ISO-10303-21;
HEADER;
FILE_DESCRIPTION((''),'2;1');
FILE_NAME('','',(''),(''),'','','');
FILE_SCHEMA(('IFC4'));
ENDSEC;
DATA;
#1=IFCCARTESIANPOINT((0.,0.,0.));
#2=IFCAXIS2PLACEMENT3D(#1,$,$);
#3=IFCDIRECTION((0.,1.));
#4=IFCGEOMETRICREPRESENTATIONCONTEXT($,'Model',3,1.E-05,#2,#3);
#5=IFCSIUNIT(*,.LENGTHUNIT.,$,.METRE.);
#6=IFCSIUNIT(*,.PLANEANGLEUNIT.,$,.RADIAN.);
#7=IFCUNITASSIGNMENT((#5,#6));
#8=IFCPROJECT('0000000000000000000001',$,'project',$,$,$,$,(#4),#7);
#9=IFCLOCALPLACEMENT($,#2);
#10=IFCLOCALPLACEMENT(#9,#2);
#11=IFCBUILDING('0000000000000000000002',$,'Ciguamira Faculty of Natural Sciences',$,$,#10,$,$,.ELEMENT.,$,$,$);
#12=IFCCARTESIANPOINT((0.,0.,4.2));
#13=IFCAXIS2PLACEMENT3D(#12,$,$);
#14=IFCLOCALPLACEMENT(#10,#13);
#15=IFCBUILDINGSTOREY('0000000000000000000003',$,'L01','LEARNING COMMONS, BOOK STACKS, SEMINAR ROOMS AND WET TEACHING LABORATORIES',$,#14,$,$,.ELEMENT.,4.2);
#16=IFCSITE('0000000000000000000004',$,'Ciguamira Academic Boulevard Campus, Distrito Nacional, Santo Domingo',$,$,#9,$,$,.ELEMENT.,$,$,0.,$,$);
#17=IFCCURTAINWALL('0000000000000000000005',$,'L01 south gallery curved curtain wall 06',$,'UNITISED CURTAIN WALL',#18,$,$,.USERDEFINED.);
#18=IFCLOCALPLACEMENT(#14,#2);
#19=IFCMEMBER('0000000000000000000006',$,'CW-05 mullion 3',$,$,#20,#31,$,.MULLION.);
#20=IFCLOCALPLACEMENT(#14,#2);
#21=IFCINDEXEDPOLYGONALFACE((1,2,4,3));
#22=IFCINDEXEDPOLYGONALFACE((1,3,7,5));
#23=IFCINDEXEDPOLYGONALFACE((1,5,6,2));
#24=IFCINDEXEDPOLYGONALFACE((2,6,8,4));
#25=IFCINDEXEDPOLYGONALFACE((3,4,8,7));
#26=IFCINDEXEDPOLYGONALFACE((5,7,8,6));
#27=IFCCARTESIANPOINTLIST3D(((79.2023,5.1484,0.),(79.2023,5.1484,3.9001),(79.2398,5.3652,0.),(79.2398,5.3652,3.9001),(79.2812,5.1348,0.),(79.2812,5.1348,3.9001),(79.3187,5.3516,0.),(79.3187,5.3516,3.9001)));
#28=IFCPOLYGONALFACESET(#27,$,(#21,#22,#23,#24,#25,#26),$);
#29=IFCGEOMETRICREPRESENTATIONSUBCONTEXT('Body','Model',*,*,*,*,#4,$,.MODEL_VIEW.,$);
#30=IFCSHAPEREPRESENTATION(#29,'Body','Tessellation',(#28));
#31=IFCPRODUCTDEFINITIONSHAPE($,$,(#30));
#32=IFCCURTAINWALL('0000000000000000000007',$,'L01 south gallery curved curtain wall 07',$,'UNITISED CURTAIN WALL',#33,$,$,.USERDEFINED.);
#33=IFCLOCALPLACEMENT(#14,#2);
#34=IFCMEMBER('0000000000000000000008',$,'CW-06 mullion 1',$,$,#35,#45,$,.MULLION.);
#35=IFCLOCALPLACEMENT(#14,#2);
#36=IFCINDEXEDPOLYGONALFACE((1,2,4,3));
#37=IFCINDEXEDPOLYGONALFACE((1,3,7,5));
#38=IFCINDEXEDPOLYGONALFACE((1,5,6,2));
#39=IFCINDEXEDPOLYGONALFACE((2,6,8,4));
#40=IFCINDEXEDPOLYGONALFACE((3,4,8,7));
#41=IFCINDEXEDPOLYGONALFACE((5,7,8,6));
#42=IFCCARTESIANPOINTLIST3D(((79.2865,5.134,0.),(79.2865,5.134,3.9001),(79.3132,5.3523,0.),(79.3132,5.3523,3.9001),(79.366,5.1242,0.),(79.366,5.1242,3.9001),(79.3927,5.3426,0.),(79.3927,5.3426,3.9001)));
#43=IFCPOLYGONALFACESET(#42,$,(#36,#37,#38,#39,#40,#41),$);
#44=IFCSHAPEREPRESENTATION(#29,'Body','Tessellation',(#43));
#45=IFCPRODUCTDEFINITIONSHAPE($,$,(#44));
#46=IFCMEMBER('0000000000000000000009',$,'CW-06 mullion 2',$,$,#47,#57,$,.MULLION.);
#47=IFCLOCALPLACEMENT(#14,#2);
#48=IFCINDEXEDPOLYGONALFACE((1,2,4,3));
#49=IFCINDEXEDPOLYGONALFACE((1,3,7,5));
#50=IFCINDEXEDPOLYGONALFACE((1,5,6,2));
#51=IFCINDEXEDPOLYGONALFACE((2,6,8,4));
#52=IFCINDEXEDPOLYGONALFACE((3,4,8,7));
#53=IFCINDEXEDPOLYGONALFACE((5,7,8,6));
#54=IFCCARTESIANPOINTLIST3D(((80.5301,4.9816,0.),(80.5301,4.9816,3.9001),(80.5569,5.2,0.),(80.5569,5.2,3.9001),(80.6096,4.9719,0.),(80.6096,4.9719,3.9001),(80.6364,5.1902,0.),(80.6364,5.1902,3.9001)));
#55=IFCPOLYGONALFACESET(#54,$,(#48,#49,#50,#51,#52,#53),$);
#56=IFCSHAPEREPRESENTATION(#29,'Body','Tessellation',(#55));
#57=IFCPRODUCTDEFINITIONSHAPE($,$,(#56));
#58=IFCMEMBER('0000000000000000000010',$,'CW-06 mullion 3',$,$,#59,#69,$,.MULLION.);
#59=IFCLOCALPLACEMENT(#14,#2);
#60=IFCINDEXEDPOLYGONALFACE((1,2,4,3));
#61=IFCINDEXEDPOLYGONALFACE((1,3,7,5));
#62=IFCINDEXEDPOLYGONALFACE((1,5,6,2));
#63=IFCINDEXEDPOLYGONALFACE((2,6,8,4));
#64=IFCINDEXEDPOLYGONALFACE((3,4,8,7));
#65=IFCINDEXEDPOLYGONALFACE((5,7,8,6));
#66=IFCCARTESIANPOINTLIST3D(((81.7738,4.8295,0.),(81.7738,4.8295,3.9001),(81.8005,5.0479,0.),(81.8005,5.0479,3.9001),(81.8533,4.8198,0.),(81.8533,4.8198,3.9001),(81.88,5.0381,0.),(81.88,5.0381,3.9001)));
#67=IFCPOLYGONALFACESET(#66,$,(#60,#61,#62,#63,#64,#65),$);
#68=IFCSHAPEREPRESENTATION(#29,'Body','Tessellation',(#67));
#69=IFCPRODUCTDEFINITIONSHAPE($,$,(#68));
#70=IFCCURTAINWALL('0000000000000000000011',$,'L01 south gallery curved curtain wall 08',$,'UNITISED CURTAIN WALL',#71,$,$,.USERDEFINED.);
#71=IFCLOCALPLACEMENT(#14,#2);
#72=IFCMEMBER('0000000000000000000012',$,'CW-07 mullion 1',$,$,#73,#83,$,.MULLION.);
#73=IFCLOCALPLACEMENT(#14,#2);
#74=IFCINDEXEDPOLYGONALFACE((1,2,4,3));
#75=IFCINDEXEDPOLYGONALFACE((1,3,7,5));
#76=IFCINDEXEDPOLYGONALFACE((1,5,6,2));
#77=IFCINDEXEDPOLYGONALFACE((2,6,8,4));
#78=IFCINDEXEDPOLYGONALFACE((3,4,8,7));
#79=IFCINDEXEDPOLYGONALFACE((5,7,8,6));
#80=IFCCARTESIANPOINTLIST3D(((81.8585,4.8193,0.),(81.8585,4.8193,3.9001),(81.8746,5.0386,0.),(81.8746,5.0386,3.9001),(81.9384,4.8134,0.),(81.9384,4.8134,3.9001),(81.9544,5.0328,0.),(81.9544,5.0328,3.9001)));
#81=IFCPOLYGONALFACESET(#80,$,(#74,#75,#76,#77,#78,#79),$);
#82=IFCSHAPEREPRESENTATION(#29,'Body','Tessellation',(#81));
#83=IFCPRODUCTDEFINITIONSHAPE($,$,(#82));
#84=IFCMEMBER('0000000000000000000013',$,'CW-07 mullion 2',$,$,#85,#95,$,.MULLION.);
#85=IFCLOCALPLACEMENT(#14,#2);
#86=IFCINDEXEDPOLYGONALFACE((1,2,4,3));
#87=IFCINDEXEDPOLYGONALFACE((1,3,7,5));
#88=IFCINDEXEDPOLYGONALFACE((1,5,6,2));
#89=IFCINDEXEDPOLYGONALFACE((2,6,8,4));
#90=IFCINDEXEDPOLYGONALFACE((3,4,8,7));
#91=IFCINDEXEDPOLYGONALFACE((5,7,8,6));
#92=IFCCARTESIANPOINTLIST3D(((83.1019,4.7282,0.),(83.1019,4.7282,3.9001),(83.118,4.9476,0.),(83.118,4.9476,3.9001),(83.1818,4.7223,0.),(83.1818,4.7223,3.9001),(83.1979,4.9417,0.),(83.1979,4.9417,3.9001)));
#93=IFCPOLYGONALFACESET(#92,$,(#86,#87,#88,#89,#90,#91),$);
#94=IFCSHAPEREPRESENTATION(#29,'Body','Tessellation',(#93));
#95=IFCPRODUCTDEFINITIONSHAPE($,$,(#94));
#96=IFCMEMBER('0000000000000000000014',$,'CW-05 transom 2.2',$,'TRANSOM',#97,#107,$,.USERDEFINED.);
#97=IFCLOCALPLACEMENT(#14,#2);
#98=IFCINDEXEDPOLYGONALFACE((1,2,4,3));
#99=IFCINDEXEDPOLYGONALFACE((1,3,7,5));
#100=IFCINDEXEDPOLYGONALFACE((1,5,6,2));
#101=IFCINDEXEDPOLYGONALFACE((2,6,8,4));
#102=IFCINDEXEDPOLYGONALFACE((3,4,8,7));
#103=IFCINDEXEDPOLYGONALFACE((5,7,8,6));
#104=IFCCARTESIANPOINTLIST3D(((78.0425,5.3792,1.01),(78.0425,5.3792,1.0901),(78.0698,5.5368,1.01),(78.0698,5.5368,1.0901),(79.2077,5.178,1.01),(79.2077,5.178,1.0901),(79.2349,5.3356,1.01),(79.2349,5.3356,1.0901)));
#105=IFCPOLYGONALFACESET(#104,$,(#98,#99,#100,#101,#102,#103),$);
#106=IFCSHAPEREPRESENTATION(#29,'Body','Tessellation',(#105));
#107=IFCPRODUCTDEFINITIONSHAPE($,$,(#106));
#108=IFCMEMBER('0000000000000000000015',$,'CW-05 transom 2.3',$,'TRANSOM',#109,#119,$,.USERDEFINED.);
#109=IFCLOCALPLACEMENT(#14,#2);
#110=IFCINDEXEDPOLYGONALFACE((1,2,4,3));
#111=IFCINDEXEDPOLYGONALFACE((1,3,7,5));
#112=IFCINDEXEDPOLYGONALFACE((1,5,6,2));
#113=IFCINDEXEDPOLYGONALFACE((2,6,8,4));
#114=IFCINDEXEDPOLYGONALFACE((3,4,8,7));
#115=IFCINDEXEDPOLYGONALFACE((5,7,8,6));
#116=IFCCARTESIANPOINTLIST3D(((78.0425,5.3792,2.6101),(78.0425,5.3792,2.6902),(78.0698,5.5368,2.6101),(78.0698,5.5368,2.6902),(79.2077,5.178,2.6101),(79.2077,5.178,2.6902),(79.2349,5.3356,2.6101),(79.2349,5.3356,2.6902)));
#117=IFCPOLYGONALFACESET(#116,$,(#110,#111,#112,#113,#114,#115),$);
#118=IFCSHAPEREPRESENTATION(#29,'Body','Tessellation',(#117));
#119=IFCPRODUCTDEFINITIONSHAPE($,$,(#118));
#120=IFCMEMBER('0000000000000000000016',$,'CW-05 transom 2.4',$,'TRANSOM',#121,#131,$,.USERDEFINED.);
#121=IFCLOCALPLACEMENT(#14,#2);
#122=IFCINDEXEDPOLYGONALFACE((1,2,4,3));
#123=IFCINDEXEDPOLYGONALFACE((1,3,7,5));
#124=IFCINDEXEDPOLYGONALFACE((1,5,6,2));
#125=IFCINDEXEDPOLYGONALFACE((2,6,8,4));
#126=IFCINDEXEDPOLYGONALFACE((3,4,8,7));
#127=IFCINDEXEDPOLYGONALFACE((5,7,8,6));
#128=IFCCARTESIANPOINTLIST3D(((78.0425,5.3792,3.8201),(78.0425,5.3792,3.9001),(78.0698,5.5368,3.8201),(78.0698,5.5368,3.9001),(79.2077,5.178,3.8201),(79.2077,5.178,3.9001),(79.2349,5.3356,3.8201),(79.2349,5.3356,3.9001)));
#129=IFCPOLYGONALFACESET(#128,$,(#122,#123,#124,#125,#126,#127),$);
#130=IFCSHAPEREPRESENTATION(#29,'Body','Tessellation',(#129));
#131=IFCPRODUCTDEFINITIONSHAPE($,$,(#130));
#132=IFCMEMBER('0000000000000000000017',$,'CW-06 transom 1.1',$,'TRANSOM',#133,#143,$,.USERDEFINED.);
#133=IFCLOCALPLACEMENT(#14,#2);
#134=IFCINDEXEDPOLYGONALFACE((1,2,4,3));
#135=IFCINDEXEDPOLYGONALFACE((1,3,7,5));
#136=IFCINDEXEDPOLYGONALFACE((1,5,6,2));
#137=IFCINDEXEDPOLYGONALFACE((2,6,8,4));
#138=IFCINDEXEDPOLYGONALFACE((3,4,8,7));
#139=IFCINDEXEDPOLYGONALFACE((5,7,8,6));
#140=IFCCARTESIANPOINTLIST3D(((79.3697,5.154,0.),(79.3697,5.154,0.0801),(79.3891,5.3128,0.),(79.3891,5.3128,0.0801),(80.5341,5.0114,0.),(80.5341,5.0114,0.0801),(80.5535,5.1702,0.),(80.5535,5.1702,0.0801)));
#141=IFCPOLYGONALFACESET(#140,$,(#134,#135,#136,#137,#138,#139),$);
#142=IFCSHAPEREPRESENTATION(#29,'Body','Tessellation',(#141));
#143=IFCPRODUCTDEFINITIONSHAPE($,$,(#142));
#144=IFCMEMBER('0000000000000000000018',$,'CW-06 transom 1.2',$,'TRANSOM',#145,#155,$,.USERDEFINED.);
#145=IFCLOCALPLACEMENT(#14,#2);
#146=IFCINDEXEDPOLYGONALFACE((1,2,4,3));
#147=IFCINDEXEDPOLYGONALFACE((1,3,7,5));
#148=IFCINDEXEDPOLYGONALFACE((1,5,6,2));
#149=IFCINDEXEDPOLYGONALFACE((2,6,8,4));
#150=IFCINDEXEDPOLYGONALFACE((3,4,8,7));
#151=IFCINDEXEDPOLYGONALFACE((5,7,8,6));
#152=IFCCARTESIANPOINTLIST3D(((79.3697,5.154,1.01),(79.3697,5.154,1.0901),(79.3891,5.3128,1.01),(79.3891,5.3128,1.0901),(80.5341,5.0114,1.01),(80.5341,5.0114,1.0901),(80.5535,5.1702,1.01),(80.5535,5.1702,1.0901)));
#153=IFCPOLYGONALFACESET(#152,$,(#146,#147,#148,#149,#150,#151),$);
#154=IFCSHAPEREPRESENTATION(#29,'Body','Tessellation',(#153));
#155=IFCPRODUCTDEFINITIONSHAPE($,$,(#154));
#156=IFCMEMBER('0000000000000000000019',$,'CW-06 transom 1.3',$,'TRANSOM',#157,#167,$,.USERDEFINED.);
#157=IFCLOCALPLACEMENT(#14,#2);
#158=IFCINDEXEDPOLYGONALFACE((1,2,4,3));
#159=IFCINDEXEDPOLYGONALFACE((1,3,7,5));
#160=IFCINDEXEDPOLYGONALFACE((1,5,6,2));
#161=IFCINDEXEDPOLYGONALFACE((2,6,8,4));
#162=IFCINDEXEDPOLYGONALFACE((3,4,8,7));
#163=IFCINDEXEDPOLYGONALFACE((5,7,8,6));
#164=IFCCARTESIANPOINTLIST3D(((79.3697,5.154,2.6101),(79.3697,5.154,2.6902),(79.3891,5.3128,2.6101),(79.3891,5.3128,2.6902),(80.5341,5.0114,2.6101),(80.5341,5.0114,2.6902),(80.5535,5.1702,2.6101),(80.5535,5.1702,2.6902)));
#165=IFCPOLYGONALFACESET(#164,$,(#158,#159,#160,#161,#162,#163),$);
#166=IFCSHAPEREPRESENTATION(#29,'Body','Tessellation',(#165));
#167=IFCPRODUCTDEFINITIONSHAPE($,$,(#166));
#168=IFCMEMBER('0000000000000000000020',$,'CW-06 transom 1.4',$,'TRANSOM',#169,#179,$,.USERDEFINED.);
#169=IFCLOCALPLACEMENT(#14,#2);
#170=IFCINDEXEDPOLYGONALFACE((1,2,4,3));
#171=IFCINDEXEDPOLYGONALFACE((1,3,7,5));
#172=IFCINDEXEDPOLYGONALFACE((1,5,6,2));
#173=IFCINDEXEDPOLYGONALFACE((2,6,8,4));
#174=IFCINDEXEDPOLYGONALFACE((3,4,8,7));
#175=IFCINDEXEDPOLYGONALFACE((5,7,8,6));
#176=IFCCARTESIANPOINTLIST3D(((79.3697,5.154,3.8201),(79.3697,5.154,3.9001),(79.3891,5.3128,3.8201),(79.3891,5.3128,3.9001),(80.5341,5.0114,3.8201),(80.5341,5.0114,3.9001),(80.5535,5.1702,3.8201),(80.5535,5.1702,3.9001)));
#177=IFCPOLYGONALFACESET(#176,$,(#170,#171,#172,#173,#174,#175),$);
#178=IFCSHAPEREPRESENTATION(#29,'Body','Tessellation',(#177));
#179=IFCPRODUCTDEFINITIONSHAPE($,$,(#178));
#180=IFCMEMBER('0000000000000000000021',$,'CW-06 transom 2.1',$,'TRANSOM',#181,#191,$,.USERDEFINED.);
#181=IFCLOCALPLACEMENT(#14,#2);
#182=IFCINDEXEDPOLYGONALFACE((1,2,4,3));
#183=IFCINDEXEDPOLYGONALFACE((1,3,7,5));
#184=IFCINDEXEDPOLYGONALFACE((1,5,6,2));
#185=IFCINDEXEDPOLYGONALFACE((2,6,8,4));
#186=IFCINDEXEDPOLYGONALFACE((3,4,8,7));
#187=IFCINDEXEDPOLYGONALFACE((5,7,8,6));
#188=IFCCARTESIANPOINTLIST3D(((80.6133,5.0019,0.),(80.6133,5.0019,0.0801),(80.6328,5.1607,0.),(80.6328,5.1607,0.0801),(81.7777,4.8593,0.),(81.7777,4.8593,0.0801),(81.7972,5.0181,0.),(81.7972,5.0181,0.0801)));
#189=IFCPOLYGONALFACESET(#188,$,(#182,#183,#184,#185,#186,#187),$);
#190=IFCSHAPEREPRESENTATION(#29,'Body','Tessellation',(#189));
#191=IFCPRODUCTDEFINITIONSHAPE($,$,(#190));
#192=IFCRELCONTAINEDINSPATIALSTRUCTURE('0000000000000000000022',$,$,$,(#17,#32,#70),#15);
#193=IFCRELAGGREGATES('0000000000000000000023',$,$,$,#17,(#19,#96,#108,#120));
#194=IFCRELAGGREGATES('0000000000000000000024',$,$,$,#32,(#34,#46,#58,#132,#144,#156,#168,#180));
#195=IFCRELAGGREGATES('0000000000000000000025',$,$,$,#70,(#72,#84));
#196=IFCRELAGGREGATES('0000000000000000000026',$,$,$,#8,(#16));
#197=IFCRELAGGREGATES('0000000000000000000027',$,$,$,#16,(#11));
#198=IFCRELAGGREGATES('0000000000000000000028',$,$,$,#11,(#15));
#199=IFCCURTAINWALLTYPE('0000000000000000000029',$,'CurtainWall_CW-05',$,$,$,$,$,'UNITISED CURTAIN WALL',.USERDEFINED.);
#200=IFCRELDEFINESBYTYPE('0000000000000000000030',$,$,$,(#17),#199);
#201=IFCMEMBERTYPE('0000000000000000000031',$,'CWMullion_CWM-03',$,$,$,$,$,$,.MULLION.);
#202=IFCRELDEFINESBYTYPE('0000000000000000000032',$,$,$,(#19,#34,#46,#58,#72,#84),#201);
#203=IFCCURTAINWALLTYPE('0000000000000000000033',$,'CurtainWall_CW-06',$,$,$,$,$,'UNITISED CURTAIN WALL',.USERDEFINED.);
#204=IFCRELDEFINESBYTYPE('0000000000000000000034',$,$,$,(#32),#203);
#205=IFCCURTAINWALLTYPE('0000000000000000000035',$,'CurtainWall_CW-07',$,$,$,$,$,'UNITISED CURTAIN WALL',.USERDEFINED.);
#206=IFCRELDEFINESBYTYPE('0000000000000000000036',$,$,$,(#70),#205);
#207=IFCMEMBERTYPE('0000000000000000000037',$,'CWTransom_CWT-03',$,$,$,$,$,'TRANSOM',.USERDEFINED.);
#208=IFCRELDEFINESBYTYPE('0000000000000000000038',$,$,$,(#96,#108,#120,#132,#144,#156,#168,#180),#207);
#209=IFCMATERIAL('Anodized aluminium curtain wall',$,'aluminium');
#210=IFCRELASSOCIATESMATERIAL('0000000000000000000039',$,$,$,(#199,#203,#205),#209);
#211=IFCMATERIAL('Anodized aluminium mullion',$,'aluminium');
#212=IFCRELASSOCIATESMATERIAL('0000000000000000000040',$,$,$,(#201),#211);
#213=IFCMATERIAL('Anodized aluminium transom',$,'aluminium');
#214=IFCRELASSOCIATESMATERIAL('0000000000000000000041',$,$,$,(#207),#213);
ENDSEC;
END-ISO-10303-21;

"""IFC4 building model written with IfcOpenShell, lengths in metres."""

from ifc_helpers import new_model, si_unit, direction, frame, origin, origin_2d, place, context, subcontext, project, spatial, rectangle, extrude, material, material_profile, profile_set, type_object, element, aggregate, save


model = new_model("IFC4")

# Units and contexts
model_context = context("Model", 3, precision=1e-05, world=origin(), true_north=direction((0.0, 1.0)))
body_context = subcontext(model_context, "Body", "Model", "MODEL_VIEW")
ifc_project = project(units=[si_unit("LENGTHUNIT", "METRE"), si_unit("PLANEANGLEUNIT", "RADIAN")], contexts=[model_context])

# Site, building, storey
site_placement = place(None, origin())
site = spatial("IfcSite", under=ifc_project, at=site_placement, Name="Ciguamira Academic Boulevard Campus, Distrito Nacional, Santo Domingo", CompositionType="ELEMENT", RefElevation=0.0)
building_placement = place(site_placement, origin())
building = spatial("IfcBuilding", under=site, at=building_placement, Name="Ciguamira Faculty of Natural Sciences", CompositionType="ELEMENT")
storey_placement = place(building_placement, frame((0.0, 0.0, 4.2)))
storey = spatial("IfcBuildingStorey", under=building, at=storey_placement, Name="L01", Description="LEARNING COMMONS, BOOK STACKS, SEMINAR ROOMS AND WET TEACHING LABORATORIES", CompositionType="ELEMENT", Elevation=4.2)

# Curtain wall, member
ifc_material_1 = material(Name="Anodized aluminium curtain wall", Category="aluminium")
curtain_wall_type_1 = type_object("IfcCurtainWallType", Name="CurtainWall_CW-05", ElementType="UNITISED CURTAIN WALL", PredefinedType="USERDEFINED", material=ifc_material_1)
curtain_wall_1_placement = place(storey_placement, origin())
curtain_wall_1 = element("IfcCurtainWall", 1, at=curtain_wall_1_placement, inside=storey, type_object=curtain_wall_type_1, Name="L01 south gallery curved curtain wall 06", ObjectType="UNITISED CURTAIN WALL", PredefinedType="USERDEFINED")
ifc_material_2 = material(Name="Anodized aluminium mullion", Category="aluminium")
ifc_material_profile_1 = material_profile(ifc_material_2, rectangle(XDim=0.0801, YDim=0.22, at=origin_2d()), Name="ALU-MUL-80X220")
ifc_profile_set_1 = profile_set([ifc_material_profile_1], Name="Anodized aluminium mullion")
member_type_1 = type_object("IfcMemberType", Name="CWMullion_CWM-03", PredefinedType="MULLION", material=ifc_profile_set_1)
member_1_placement = place(storey_placement, frame((79.2605, 5.25, 0.0), z_axis=(0.0, 0.0, 1.0), x_axis=(0.985411, -0.170192, 0.0)))
member_1 = element("IfcMember", 2, at=member_1_placement, type_object=member_type_1, Name="CW-05 mullion 3", PredefinedType="MULLION", context=body_context, shape_type="SweptSolid", body=[
    extrude(rectangle(XDim=0.0801, YDim=0.22, at=origin_2d()), origin(), (0.0, 0.0, 1.0), 3.9001),
])

# Curtain walls, members
curtain_wall_type_2 = type_object("IfcCurtainWallType", Name="CurtainWall_CW-06", ElementType="UNITISED CURTAIN WALL", PredefinedType="USERDEFINED", material=ifc_material_1)
curtain_wall_2_placement = place(storey_placement, origin())
curtain_wall_2 = element("IfcCurtainWall", 3, at=curtain_wall_2_placement, inside=storey, type_object=curtain_wall_type_2, Name="L01 south gallery curved curtain wall 07", ObjectType="UNITISED CURTAIN WALL", PredefinedType="USERDEFINED")
member_2_placement = place(storey_placement, frame((79.3396, 5.2383, 0.0), z_axis=(0.0, 0.0, 1.0), x_axis=(0.992586, -0.121545, 0.0)))
member_2 = element("IfcMember", 4, at=member_2_placement, type_object=member_type_1, Name="CW-06 mullion 1", PredefinedType="MULLION", context=body_context, shape_type="SweptSolid", body=[
    extrude(rectangle(XDim=0.0801, YDim=0.22, at=origin_2d()), origin(), (0.0, 0.0, 1.0), 3.9001),
])
member_3_placement = place(storey_placement, frame((80.5833, 5.0859, 0.0), z_axis=(0.0, 0.0, 1.0), x_axis=(0.992586, -0.121545, 0.0)))
member_3 = element("IfcMember", 5, at=member_3_placement, type_object=member_type_1, Name="CW-06 mullion 2", PredefinedType="MULLION", context=body_context, shape_type="SweptSolid", body=[
    extrude(rectangle(XDim=0.0801, YDim=0.22, at=origin_2d()), origin(), (0.0, 0.0, 1.0), 3.9001),
])
member_4_placement = place(storey_placement, frame((81.8269, 4.9338, 0.0), z_axis=(0.0, 0.0, 1.0), x_axis=(0.992586, -0.121545, 0.0)))
member_4 = element("IfcMember", 6, at=member_4_placement, type_object=member_type_1, Name="CW-06 mullion 3", PredefinedType="MULLION", context=body_context, shape_type="SweptSolid", body=[
    extrude(rectangle(XDim=0.0801, YDim=0.22, at=origin_2d()), origin(), (0.0, 0.0, 1.0), 3.9001),
])
curtain_wall_type_3 = type_object("IfcCurtainWallType", Name="CurtainWall_CW-07", ElementType="UNITISED CURTAIN WALL", PredefinedType="USERDEFINED", material=ifc_material_1)
curtain_wall_3_placement = place(storey_placement, origin())
curtain_wall_3 = element("IfcCurtainWall", 7, at=curtain_wall_3_placement, inside=storey, type_object=curtain_wall_type_3, Name="L01 south gallery curved curtain wall 08", ObjectType="UNITISED CURTAIN WALL", PredefinedType="USERDEFINED")
member_5_placement = place(storey_placement, frame((81.9065, 4.926, 0.0), z_axis=(0.0, 0.0, 1.0), x_axis=(0.997337, -0.072937, 0.0)))
member_5 = element("IfcMember", 8, at=member_5_placement, type_object=member_type_1, Name="CW-07 mullion 1", PredefinedType="MULLION", context=body_context, shape_type="SweptSolid", body=[
    extrude(rectangle(XDim=0.0801, YDim=0.22, at=origin_2d()), origin(), (0.0, 0.0, 1.0), 3.9001),
])
member_6_placement = place(storey_placement, frame((83.1499, 4.835, 0.0), z_axis=(0.0, 0.0, 1.0), x_axis=(0.997337, -0.072937, 0.0)))
member_6 = element("IfcMember", 9, at=member_6_placement, type_object=member_type_1, Name="CW-07 mullion 2", PredefinedType="MULLION", context=body_context, shape_type="SweptSolid", body=[
    extrude(rectangle(XDim=0.0801, YDim=0.22, at=origin_2d()), origin(), (0.0, 0.0, 1.0), 3.9001),
])

# Members
ifc_material_3 = material(Name="Anodized aluminium transom", Category="aluminium")
ifc_material_profile_2 = material_profile(ifc_material_3, rectangle(XDim=0.0801, YDim=0.1599, at=origin_2d()), Name="ALU-TRN-80X160")
ifc_profile_set_2 = profile_set([ifc_material_profile_2], Name="Anodized aluminium transom")
member_type_2 = type_object("IfcMemberType", Name="CWTransom_CWT-03", ElementType="TRANSOM", PredefinedType="USERDEFINED", material=ifc_profile_set_2)
member_7_placement = place(storey_placement, frame((78.0562, 5.458, 1.05), z_axis=(0.985417, -0.170156, 0.0), x_axis=(0.0, 0.0, 1.0)))
member_7 = element("IfcMember", 10, at=member_7_placement, type_object=member_type_2, Name="CW-05 transom 2.2", ObjectType="TRANSOM", PredefinedType="USERDEFINED", context=body_context, shape_type="SweptSolid", body=[
    extrude(rectangle(XDim=0.0801, YDim=0.1599, at=origin_2d()), origin(), (0.0, 0.0, 1.0), 1.1824),
])
member_8_placement = place(storey_placement, frame((78.0562, 5.458, 2.6501), z_axis=(0.985417, -0.170156, 0.0), x_axis=(0.0, 0.0, 1.0)))
member_8 = element("IfcMember", 11, at=member_8_placement, type_object=member_type_2, Name="CW-05 transom 2.3", ObjectType="TRANSOM", PredefinedType="USERDEFINED", context=body_context, shape_type="SweptSolid", body=[
    extrude(rectangle(XDim=0.0801, YDim=0.1599, at=origin_2d()), origin(), (0.0, 0.0, 1.0), 1.1824),
])
member_9_placement = place(storey_placement, frame((78.0562, 5.458, 3.8601), z_axis=(0.985417, -0.170156, 0.0), x_axis=(0.0, 0.0, 1.0)))
member_9 = element("IfcMember", 12, at=member_9_placement, type_object=member_type_2, Name="CW-05 transom 2.4", ObjectType="TRANSOM", PredefinedType="USERDEFINED", context=body_context, shape_type="SweptSolid", body=[
    extrude(rectangle(XDim=0.0801, YDim=0.1599, at=origin_2d()), origin(), (0.0, 0.0, 1.0), 1.1824),
])
member_10_placement = place(storey_placement, frame((79.3794, 5.2334, 0.04), z_axis=(0.992585, -0.12155, 0.0), x_axis=(0.0, 0.0, 1.0)))
member_10 = element("IfcMember", 13, at=member_10_placement, type_object=member_type_2, Name="CW-06 transom 1.1", ObjectType="TRANSOM", PredefinedType="USERDEFINED", context=body_context, shape_type="SweptSolid", body=[
    extrude(rectangle(XDim=0.0801, YDim=0.1599, at=origin_2d()), origin(), (0.0, 0.0, 1.0), 1.1731),
])
member_11_placement = place(storey_placement, frame((79.3794, 5.2334, 1.05), z_axis=(0.992585, -0.12155, 0.0), x_axis=(0.0, 0.0, 1.0)))
member_11 = element("IfcMember", 14, at=member_11_placement, type_object=member_type_2, Name="CW-06 transom 1.2", ObjectType="TRANSOM", PredefinedType="USERDEFINED", context=body_context, shape_type="SweptSolid", body=[
    extrude(rectangle(XDim=0.0801, YDim=0.1599, at=origin_2d()), origin(), (0.0, 0.0, 1.0), 1.1731),
])
member_12_placement = place(storey_placement, frame((79.3794, 5.2334, 2.6501), z_axis=(0.992585, -0.12155, 0.0), x_axis=(0.0, 0.0, 1.0)))
member_12 = element("IfcMember", 15, at=member_12_placement, type_object=member_type_2, Name="CW-06 transom 1.3", ObjectType="TRANSOM", PredefinedType="USERDEFINED", context=body_context, shape_type="SweptSolid", body=[
    extrude(rectangle(XDim=0.0801, YDim=0.1599, at=origin_2d()), origin(), (0.0, 0.0, 1.0), 1.1731),
])
member_13_placement = place(storey_placement, frame((79.3794, 5.2334, 3.8601), z_axis=(0.992585, -0.12155, 0.0), x_axis=(0.0, 0.0, 1.0)))
member_13 = element("IfcMember", 16, at=member_13_placement, type_object=member_type_2, Name="CW-06 transom 1.4", ObjectType="TRANSOM", PredefinedType="USERDEFINED", context=body_context, shape_type="SweptSolid", body=[
    extrude(rectangle(XDim=0.0801, YDim=0.1599, at=origin_2d()), origin(), (0.0, 0.0, 1.0), 1.1731),
])
member_14_placement = place(storey_placement, frame((80.623, 5.0813, 0.04), z_axis=(0.992585, -0.12155, 0.0), x_axis=(0.0, 0.0, 1.0)))
member_14 = element("IfcMember", 17, at=member_14_placement, type_object=member_type_2, Name="CW-06 transom 2.1", ObjectType="TRANSOM", PredefinedType="USERDEFINED", context=body_context, shape_type="SweptSolid", body=[
    extrude(rectangle(XDim=0.0801, YDim=0.1599, at=origin_2d()), origin(), (0.0, 0.0, 1.0), 1.1731),
])

aggregate(curtain_wall_1, [member_1, member_7, member_8, member_9])
aggregate(curtain_wall_2, [member_2, member_3, member_4, member_10, member_11, member_12, member_13, member_14])
aggregate(curtain_wall_3, [member_5, member_6])

save(model, "model.ifc")
